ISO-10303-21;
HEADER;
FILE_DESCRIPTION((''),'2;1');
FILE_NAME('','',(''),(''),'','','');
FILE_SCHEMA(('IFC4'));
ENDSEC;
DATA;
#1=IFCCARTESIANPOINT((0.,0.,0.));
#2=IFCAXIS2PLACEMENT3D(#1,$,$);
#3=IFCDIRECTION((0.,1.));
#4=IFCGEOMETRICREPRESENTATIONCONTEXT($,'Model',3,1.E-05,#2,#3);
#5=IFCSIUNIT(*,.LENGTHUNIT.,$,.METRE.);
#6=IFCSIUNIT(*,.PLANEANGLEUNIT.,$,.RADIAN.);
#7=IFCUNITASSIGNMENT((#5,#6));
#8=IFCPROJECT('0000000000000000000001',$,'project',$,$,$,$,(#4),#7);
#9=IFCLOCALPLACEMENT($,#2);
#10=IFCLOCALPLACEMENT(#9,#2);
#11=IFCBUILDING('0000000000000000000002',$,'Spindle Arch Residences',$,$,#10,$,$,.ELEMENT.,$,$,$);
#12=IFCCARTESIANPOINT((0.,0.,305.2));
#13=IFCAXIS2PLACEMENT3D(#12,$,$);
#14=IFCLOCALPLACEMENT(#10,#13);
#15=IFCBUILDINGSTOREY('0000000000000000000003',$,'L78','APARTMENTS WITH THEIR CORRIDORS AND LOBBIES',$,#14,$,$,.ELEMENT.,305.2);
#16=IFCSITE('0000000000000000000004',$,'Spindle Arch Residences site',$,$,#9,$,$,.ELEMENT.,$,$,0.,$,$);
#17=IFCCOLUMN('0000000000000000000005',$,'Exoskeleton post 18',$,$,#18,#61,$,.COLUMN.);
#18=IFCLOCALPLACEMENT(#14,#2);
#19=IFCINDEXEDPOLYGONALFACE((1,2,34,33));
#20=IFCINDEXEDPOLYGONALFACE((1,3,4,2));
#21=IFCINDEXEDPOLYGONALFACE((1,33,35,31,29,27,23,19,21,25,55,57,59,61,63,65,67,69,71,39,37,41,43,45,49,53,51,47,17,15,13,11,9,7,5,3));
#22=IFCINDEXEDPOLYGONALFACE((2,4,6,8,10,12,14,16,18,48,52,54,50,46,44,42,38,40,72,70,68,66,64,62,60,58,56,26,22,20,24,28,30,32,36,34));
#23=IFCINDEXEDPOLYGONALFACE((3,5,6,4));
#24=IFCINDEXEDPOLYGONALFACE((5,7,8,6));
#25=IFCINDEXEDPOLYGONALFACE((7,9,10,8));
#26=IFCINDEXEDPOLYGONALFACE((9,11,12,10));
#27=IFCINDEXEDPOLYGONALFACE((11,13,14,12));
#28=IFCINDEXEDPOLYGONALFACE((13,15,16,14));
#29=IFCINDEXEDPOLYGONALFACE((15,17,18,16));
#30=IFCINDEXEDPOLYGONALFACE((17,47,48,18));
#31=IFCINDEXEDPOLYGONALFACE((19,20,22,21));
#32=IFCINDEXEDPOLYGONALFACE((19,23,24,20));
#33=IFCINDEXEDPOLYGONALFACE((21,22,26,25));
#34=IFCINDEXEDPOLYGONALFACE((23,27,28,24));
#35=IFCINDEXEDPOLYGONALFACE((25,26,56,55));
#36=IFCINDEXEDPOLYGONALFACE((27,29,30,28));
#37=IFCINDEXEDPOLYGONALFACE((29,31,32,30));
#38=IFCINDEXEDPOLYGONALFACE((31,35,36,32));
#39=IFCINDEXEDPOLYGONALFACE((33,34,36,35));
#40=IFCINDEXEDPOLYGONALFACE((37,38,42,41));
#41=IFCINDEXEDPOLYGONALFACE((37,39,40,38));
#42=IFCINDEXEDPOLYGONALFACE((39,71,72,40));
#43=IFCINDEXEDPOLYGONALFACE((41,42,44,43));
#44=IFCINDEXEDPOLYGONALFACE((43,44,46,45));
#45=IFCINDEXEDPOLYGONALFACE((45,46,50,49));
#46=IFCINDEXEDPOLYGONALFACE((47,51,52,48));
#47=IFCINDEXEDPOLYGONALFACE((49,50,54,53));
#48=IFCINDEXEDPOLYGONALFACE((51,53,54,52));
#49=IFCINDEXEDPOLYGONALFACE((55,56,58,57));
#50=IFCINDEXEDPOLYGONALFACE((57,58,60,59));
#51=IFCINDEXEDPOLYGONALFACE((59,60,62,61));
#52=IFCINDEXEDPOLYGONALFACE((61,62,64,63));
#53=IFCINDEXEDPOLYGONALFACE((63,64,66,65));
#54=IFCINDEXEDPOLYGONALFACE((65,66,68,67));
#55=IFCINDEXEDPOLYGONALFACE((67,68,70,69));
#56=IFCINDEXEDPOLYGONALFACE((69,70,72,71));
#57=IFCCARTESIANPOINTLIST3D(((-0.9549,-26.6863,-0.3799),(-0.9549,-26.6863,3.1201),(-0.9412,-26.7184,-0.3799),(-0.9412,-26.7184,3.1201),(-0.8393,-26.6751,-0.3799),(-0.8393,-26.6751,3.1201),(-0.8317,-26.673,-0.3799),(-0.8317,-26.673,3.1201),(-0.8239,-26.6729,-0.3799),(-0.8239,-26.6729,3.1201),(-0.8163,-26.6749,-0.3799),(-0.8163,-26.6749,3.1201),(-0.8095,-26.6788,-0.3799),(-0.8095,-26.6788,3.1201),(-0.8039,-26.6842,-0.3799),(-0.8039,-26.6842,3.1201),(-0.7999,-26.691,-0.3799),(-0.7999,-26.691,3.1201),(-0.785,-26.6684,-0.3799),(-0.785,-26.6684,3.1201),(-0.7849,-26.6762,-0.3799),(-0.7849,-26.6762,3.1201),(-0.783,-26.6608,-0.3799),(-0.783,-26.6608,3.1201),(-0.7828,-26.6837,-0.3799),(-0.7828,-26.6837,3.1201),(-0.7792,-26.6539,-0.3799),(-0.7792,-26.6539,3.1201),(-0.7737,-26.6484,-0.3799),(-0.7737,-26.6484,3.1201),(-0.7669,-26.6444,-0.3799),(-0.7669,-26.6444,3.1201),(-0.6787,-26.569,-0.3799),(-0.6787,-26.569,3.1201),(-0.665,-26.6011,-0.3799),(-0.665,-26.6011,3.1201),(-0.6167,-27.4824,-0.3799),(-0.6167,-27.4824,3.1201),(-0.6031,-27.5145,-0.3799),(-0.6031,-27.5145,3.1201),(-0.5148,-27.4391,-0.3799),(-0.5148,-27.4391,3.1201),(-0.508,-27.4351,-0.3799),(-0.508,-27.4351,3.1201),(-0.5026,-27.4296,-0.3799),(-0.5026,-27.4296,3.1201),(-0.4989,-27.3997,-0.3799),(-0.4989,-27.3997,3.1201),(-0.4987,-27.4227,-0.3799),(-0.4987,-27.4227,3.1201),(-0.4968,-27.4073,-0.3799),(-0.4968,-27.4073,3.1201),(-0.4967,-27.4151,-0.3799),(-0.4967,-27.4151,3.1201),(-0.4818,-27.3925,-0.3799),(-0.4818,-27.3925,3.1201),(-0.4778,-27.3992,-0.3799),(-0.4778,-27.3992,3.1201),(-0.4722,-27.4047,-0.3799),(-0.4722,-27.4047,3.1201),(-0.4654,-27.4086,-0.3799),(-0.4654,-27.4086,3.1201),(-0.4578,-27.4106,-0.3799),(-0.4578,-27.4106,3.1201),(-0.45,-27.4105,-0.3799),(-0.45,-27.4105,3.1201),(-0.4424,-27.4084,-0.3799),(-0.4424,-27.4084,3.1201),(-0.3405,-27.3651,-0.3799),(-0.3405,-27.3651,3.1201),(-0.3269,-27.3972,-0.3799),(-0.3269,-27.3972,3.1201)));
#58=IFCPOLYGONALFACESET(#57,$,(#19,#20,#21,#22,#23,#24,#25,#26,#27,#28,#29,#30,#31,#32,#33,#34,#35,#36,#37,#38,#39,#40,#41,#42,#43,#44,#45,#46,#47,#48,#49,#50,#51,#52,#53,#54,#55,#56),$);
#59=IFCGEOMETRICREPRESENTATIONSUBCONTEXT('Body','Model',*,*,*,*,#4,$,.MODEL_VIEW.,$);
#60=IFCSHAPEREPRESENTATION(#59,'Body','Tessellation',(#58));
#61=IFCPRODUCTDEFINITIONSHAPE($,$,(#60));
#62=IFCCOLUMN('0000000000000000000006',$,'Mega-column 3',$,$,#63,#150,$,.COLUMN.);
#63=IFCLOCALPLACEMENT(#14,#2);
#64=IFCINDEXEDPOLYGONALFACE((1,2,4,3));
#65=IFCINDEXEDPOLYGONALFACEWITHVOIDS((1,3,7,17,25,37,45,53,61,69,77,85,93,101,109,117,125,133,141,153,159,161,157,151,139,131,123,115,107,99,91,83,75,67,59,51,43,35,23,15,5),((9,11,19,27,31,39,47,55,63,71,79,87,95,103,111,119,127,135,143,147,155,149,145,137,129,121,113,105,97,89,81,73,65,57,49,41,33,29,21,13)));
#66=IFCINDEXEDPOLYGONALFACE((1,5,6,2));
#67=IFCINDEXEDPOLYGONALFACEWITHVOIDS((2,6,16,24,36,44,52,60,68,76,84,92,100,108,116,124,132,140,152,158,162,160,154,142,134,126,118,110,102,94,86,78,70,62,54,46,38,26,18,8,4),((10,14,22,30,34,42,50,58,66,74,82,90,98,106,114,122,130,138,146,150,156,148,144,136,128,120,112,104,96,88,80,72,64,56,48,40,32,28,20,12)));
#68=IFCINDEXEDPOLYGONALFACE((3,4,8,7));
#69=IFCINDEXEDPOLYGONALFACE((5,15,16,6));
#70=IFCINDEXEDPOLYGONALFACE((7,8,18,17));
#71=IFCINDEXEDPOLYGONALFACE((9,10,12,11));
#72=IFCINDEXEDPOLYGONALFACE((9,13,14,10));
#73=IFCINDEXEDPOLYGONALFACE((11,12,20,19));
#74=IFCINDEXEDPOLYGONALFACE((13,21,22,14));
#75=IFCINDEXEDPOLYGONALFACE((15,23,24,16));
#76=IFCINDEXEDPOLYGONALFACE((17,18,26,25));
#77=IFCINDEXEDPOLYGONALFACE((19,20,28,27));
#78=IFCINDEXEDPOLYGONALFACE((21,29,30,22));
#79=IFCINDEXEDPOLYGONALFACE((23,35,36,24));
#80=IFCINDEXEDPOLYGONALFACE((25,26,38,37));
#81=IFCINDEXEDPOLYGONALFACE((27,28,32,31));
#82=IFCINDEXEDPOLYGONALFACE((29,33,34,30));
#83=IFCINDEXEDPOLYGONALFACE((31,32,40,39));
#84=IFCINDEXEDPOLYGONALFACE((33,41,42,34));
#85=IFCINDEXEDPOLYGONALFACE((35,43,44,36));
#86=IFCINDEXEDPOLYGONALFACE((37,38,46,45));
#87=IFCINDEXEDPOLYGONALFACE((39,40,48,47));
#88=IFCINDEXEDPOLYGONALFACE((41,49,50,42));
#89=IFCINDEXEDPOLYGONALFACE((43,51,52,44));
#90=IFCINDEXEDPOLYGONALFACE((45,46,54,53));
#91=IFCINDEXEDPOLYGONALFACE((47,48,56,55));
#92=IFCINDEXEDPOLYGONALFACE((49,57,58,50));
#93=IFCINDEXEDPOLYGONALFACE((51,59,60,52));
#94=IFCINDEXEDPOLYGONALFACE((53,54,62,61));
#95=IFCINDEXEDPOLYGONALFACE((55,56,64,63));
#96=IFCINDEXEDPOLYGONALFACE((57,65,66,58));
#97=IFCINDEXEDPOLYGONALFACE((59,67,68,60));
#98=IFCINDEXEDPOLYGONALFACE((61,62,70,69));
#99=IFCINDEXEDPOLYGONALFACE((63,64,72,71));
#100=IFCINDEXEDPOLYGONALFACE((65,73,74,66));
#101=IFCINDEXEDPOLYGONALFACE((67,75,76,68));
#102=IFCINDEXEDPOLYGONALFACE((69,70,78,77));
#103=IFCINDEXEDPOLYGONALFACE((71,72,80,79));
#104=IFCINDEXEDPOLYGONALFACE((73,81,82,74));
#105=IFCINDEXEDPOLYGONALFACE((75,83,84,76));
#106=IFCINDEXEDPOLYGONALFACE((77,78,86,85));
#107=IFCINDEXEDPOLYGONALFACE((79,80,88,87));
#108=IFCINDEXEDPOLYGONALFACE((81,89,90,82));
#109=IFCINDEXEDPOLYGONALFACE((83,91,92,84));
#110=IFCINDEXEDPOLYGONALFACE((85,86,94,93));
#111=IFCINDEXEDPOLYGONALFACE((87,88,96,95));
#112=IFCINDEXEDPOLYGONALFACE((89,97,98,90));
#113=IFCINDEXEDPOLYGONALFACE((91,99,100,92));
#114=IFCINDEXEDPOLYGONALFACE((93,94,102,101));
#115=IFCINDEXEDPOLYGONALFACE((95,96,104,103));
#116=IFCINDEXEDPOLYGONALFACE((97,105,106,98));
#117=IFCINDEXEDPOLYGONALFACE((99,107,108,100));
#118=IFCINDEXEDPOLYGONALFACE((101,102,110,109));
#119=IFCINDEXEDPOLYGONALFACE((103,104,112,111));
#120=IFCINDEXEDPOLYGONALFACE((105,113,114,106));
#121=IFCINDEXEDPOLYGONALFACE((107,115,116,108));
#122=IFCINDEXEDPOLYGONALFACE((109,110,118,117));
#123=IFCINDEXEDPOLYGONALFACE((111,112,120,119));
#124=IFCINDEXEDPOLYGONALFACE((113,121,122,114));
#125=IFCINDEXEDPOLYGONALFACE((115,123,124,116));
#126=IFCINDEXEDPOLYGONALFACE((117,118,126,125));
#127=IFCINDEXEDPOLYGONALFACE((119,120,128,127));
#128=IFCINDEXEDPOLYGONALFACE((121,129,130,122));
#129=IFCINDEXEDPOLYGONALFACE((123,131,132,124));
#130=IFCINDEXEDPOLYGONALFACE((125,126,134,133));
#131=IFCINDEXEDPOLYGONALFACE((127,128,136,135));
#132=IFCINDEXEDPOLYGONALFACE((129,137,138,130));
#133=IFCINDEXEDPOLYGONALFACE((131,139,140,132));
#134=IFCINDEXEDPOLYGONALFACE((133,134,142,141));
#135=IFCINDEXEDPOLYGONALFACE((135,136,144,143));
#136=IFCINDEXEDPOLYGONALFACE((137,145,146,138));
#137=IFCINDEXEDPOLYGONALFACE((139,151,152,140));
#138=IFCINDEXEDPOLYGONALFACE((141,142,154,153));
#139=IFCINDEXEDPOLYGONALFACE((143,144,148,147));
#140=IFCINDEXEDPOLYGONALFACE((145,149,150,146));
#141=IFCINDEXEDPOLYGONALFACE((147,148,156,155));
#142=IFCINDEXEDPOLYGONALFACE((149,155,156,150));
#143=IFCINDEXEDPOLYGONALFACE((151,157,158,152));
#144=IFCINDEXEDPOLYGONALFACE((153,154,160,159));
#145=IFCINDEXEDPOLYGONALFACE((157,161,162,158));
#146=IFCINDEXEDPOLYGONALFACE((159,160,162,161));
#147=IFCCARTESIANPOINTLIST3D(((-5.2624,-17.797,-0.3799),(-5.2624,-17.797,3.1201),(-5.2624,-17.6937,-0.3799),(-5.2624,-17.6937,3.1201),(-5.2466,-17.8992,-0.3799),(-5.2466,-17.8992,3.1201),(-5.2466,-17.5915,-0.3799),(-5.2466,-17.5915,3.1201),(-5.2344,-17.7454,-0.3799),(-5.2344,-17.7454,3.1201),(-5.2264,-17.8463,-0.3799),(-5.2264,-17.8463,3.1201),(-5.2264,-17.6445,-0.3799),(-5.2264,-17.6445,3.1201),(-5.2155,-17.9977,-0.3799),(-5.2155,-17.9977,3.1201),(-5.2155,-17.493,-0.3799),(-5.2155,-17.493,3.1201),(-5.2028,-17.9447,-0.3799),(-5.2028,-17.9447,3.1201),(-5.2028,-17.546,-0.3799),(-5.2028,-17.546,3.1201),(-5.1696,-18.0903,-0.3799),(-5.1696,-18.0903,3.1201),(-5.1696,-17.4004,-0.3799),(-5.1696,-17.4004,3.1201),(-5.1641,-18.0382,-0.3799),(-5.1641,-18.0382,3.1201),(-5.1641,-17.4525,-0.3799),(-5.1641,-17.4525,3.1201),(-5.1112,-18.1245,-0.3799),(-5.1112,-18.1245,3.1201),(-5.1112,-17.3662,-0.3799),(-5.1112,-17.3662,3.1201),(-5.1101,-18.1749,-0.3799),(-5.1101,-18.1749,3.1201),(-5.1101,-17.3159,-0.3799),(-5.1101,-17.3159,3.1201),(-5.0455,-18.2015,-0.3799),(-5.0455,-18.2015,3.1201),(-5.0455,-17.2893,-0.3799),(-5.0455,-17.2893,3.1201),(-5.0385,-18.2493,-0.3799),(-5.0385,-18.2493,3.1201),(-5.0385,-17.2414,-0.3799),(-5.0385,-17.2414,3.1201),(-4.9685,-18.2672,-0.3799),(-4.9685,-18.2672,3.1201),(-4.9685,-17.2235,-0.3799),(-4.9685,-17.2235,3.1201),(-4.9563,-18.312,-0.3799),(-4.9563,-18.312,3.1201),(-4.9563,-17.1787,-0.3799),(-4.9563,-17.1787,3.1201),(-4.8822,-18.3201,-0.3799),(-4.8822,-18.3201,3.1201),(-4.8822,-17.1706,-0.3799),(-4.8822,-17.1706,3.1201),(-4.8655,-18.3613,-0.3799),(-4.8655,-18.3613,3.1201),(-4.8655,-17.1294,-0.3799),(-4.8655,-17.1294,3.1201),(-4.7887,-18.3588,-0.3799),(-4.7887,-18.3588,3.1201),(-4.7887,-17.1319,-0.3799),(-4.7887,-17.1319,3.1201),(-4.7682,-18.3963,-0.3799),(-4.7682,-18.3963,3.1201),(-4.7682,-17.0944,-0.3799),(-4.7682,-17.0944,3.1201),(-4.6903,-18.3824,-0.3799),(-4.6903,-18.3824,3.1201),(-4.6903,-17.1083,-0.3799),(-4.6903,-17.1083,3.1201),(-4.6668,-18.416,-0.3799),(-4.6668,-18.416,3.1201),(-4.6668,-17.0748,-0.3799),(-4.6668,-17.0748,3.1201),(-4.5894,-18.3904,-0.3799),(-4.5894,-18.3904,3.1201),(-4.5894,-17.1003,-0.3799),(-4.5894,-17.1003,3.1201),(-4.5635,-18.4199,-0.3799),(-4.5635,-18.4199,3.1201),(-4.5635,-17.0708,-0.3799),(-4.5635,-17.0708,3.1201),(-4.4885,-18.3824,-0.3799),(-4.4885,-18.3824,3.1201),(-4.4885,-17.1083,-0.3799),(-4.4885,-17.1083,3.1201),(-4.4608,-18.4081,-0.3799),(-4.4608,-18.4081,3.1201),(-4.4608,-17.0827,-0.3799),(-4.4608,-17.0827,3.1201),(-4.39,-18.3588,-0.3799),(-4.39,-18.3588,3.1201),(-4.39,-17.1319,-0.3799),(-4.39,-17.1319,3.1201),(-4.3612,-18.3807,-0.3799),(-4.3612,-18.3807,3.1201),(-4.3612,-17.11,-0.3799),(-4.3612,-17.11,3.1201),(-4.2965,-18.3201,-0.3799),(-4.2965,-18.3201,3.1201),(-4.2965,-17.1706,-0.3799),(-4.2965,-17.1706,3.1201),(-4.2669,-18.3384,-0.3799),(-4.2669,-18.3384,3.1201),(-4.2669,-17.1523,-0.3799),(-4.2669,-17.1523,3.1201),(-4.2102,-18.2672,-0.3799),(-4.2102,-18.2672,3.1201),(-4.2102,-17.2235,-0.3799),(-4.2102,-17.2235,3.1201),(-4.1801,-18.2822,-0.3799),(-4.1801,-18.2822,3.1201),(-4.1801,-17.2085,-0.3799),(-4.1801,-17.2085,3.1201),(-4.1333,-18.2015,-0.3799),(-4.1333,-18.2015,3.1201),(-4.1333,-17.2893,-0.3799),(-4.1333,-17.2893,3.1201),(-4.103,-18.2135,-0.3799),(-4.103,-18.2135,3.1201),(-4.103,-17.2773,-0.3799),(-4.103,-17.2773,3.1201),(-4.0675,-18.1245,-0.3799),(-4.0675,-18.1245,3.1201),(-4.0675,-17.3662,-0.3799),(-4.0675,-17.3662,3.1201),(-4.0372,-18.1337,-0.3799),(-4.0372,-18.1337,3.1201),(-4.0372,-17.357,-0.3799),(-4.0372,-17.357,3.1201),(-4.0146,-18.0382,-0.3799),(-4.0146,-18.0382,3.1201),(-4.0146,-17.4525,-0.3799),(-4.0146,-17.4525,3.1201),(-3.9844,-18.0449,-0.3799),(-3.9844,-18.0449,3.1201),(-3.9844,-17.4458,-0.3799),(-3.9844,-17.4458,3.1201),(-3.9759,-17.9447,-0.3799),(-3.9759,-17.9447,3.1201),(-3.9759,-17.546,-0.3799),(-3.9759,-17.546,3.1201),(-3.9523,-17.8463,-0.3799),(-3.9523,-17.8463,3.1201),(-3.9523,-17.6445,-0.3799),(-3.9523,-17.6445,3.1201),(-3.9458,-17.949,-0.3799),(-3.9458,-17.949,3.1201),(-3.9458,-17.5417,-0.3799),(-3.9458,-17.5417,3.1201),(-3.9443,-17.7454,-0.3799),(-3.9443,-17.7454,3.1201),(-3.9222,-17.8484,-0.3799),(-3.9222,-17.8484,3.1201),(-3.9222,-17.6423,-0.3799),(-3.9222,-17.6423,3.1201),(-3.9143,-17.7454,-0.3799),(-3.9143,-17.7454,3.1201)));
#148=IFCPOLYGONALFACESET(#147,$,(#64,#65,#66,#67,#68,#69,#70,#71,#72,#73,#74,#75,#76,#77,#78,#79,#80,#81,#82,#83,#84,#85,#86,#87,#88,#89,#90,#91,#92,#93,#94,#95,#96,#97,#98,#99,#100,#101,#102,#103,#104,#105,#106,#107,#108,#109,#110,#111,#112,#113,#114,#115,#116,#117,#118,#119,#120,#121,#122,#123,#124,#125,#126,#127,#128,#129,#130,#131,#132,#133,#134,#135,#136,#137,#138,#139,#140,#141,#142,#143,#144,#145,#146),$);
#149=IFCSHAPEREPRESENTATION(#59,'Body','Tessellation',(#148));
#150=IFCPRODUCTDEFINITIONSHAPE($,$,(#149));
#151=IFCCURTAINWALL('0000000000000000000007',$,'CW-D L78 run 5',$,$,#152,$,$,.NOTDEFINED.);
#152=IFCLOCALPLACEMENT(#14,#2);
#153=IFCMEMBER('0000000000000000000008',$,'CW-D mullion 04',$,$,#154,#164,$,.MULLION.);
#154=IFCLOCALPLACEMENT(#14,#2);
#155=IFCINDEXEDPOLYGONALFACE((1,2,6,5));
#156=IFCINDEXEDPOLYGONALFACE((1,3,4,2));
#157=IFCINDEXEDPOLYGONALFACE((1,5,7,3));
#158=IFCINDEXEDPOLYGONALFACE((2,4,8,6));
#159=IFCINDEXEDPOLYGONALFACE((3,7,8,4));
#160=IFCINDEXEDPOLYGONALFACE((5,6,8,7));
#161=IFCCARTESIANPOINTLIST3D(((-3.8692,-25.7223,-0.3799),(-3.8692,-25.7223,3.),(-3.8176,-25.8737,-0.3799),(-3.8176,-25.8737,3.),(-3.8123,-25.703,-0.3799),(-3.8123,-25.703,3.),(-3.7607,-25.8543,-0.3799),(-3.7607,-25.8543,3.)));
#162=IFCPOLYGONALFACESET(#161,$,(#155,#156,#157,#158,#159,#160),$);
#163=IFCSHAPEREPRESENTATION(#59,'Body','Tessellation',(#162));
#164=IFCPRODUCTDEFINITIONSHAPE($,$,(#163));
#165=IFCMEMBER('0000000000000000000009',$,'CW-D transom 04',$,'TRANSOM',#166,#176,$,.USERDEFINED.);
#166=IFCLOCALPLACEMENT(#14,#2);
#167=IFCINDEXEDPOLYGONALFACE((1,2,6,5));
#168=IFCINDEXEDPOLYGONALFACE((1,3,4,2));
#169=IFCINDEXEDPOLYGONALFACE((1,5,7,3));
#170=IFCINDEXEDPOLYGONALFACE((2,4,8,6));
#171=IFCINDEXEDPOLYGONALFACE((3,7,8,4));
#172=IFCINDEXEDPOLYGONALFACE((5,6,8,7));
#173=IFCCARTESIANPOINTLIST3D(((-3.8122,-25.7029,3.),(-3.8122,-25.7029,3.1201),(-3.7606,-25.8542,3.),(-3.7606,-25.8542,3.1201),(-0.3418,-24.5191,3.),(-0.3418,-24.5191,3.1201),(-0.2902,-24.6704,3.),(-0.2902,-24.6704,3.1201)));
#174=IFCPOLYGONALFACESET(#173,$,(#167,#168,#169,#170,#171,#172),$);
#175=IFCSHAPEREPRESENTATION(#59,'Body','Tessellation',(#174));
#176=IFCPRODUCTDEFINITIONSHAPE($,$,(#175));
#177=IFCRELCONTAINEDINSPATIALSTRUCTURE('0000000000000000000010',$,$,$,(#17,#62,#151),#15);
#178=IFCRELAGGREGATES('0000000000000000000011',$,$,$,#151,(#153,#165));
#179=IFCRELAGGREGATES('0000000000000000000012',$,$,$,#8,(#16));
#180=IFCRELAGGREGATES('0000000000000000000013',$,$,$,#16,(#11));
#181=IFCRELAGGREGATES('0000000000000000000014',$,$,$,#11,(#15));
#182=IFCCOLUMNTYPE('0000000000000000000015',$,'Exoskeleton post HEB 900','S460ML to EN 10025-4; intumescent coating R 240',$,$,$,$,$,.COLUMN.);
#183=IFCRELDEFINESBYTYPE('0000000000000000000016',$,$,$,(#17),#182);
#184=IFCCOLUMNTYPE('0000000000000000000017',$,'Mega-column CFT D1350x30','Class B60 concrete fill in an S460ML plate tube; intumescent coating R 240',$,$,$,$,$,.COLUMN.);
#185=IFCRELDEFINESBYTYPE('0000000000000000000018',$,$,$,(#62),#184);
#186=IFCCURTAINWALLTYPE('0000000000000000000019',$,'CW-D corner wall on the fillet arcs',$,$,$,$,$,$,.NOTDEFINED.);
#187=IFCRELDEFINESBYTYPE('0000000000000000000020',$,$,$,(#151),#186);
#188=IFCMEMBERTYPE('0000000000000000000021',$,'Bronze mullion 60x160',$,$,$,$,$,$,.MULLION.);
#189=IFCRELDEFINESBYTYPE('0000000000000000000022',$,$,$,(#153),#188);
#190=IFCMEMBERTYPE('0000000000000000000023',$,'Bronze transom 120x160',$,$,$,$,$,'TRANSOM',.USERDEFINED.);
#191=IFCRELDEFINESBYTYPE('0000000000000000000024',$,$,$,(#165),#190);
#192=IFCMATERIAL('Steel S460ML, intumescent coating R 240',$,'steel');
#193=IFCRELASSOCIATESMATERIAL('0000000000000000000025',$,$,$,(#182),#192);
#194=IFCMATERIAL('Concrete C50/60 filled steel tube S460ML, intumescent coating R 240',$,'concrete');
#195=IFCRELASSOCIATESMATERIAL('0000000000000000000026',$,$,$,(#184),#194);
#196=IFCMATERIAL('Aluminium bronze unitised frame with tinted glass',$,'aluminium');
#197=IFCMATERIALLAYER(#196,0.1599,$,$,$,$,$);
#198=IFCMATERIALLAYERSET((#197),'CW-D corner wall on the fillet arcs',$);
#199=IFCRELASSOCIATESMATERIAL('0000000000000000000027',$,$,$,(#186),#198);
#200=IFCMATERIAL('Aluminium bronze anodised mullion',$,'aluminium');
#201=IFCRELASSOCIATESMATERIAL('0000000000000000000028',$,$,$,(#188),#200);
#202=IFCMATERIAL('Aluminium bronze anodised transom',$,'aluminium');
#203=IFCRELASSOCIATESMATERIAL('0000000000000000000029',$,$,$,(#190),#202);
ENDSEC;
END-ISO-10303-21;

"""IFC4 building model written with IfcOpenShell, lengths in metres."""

from ifc_helpers import new_model, si_unit, direction, frame, origin, origin_2d, place, context, subcontext, project, spatial, rectangle, hollow_circle, i_section, extrude, material, layer, layer_set, material_profile, profile_set, type_object, element, aggregate, save


model = new_model("IFC4")

# Units and contexts
model_context = context("Model", 3, precision=1e-05, world=origin(), true_north=direction((0.0, 1.0)))
body_context = subcontext(model_context, "Body", "Model", "MODEL_VIEW")
ifc_project = project(units=[si_unit("LENGTHUNIT", "METRE"), si_unit("PLANEANGLEUNIT", "RADIAN")], contexts=[model_context])

# Site, building, storey
site_placement = place(None, origin())
site = spatial("IfcSite", under=ifc_project, at=site_placement, Name="Spindle Arch Residences site", CompositionType="ELEMENT", RefElevation=0.0)
building_placement = place(site_placement, origin())
building = spatial("IfcBuilding", under=site, at=building_placement, Name="Spindle Arch Residences", CompositionType="ELEMENT")
storey_placement = place(building_placement, frame((0.0, 0.0, 305.2)))
storey = spatial("IfcBuildingStorey", under=building, at=storey_placement, Name="L78", Description="APARTMENTS WITH THEIR CORRIDORS AND LOBBIES", CompositionType="ELEMENT", Elevation=305.2)

# Columns
ifc_material_1 = material(Name="Steel S460ML, intumescent coating R 240", Category="steel")
ifc_material_profile_1 = material_profile(ifc_material_1, i_section(OverallWidth=0.3, OverallDepth=0.8999, WebThickness=0.0186, FlangeThickness=0.0349, FilletRadius=0.03, at=origin_2d()), Name="HEB 900")
ifc_profile_set_1 = profile_set([ifc_material_profile_1], Name="Steel S460ML, intumescent coating R 240")
column_type_1 = type_object("IfcColumnType", Name="Exoskeleton post HEB 900", Description="S460ML to EN 10025-4; intumescent coating R 240", PredefinedType="COLUMN", material=ifc_profile_set_1)
column_1_placement = place(storey_placement, frame((-0.6409, -27.0417, -0.3799), z_axis=(0.0, 0.0, 1.0), x_axis=(-0.920422, -0.390926, 0.0)))
element("IfcColumn", 1, at=column_1_placement, inside=storey, type_object=column_type_1, Name="Exoskeleton post 18", PredefinedType="COLUMN", context=body_context, shape_type="SweptSolid", body=[
    extrude(i_section(OverallWidth=0.3, OverallDepth=0.8999, WebThickness=0.0186, FlangeThickness=0.0349, FilletRadius=0.03, at=origin_2d()), origin(), (0.0, 0.0, 1.0), 3.5),
])
ifc_material_2 = material(Name="Concrete C50/60 filled steel tube S460ML, intumescent coating R 240", Category="concrete")
ifc_material_profile_2 = material_profile(ifc_material_2, hollow_circle(Radius=0.675, WallThickness=0.03, at=origin_2d()), Name="CFT D1350x30")
ifc_profile_set_2 = profile_set([ifc_material_profile_2], Name="Concrete C50/60 filled steel tube S460ML, intumescent coating R 240")
column_type_2 = type_object("IfcColumnType", Name="Mega-column CFT D1350x30", Description="Class B60 concrete fill in an S460ML plate tube; intumescent coating R 240", PredefinedType="COLUMN", material=ifc_profile_set_2)
column_2_placement = place(storey_placement, frame((-4.5894, -17.7454, -0.3799), z_axis=(0.0, 0.0, 1.0), x_axis=(1.0, 0.0, 0.0)))
element("IfcColumn", 2, at=column_2_placement, inside=storey, type_object=column_type_2, Name="Mega-column 3", PredefinedType="COLUMN", context=body_context, shape_type="SweptSolid", body=[
    extrude(hollow_circle(Radius=0.675, WallThickness=0.03, at=origin_2d()), origin(), (0.0, 0.0, 1.0), 3.5),
])

# Curtain wall, members
ifc_material_3 = material(Name="Aluminium bronze unitised frame with tinted glass", Category="aluminium")
ifc_layer_1 = layer(ifc_material_3, 0.1599)
ifc_layer_set_1 = layer_set([ifc_layer_1], Name="CW-D corner wall on the fillet arcs")
curtain_wall_type = type_object("IfcCurtainWallType", Name="CW-D corner wall on the fillet arcs", PredefinedType="NOTDEFINED", material=ifc_layer_set_1)
curtain_wall_placement = place(storey_placement, origin())
curtain_wall = element("IfcCurtainWall", 3, at=curtain_wall_placement, inside=storey, type_object=curtain_wall_type, Name="CW-D L78 run 5", PredefinedType="NOTDEFINED")
ifc_material_4 = material(Name="Aluminium bronze anodised mullion", Category="aluminium")
ifc_material_profile_3 = material_profile(ifc_material_4, rectangle(XDim=0.1599, YDim=0.0601, at=origin_2d()), Name="MU 60x160")
ifc_profile_set_3 = profile_set([ifc_material_profile_3], Name="Aluminium bronze anodised mullion")
member_type_1 = type_object("IfcMemberType", Name="Bronze mullion 60x160", PredefinedType="MULLION", material=ifc_profile_set_3)
member_1_placement = place(storey_placement, frame((-3.8149, -25.7883, -0.3799), z_axis=(0.0, 0.0, 1.0), x_axis=(-0.322816, 0.946462, 0.0)))
member_1 = element("IfcMember", 4, at=member_1_placement, type_object=member_type_1, Name="CW-D mullion 04", PredefinedType="MULLION", context=body_context, shape_type="SweptSolid", body=[
    extrude(rectangle(XDim=0.1599, YDim=0.0601, at=origin_2d()), origin(), (0.0, 0.0, 1.0), 3.3799),
])
ifc_material_5 = material(Name="Aluminium bronze anodised transom", Category="aluminium")
ifc_material_profile_4 = material_profile(ifc_material_5, rectangle(XDim=0.1599, YDim=0.1201, at=origin_2d()), Name="TR 120x160")
ifc_profile_set_4 = profile_set([ifc_material_profile_4], Name="Aluminium bronze anodised transom")
member_type_2 = type_object("IfcMemberType", Name="Bronze transom 120x160", ElementType="TRANSOM", PredefinedType="USERDEFINED", material=ifc_profile_set_4)
member_2_placement = place(storey_placement, frame((-3.7864, -25.7786, 3.0601), z_axis=(0.94645, 0.322852, 0.0), x_axis=(-0.322852, 0.94645, 0.0)))
member_2 = element("IfcMember", 5, at=member_2_placement, type_object=member_type_2, Name="CW-D transom 04", ObjectType="TRANSOM", PredefinedType="USERDEFINED", context=body_context, shape_type="SweptSolid", body=[
    extrude(rectangle(XDim=0.1599, YDim=0.1201, at=origin_2d()), origin(), (0.0, 0.0, 1.0), 3.6667),
])

aggregate(curtain_wall, [member_1, member_2])

save(model, "model.ifc")
